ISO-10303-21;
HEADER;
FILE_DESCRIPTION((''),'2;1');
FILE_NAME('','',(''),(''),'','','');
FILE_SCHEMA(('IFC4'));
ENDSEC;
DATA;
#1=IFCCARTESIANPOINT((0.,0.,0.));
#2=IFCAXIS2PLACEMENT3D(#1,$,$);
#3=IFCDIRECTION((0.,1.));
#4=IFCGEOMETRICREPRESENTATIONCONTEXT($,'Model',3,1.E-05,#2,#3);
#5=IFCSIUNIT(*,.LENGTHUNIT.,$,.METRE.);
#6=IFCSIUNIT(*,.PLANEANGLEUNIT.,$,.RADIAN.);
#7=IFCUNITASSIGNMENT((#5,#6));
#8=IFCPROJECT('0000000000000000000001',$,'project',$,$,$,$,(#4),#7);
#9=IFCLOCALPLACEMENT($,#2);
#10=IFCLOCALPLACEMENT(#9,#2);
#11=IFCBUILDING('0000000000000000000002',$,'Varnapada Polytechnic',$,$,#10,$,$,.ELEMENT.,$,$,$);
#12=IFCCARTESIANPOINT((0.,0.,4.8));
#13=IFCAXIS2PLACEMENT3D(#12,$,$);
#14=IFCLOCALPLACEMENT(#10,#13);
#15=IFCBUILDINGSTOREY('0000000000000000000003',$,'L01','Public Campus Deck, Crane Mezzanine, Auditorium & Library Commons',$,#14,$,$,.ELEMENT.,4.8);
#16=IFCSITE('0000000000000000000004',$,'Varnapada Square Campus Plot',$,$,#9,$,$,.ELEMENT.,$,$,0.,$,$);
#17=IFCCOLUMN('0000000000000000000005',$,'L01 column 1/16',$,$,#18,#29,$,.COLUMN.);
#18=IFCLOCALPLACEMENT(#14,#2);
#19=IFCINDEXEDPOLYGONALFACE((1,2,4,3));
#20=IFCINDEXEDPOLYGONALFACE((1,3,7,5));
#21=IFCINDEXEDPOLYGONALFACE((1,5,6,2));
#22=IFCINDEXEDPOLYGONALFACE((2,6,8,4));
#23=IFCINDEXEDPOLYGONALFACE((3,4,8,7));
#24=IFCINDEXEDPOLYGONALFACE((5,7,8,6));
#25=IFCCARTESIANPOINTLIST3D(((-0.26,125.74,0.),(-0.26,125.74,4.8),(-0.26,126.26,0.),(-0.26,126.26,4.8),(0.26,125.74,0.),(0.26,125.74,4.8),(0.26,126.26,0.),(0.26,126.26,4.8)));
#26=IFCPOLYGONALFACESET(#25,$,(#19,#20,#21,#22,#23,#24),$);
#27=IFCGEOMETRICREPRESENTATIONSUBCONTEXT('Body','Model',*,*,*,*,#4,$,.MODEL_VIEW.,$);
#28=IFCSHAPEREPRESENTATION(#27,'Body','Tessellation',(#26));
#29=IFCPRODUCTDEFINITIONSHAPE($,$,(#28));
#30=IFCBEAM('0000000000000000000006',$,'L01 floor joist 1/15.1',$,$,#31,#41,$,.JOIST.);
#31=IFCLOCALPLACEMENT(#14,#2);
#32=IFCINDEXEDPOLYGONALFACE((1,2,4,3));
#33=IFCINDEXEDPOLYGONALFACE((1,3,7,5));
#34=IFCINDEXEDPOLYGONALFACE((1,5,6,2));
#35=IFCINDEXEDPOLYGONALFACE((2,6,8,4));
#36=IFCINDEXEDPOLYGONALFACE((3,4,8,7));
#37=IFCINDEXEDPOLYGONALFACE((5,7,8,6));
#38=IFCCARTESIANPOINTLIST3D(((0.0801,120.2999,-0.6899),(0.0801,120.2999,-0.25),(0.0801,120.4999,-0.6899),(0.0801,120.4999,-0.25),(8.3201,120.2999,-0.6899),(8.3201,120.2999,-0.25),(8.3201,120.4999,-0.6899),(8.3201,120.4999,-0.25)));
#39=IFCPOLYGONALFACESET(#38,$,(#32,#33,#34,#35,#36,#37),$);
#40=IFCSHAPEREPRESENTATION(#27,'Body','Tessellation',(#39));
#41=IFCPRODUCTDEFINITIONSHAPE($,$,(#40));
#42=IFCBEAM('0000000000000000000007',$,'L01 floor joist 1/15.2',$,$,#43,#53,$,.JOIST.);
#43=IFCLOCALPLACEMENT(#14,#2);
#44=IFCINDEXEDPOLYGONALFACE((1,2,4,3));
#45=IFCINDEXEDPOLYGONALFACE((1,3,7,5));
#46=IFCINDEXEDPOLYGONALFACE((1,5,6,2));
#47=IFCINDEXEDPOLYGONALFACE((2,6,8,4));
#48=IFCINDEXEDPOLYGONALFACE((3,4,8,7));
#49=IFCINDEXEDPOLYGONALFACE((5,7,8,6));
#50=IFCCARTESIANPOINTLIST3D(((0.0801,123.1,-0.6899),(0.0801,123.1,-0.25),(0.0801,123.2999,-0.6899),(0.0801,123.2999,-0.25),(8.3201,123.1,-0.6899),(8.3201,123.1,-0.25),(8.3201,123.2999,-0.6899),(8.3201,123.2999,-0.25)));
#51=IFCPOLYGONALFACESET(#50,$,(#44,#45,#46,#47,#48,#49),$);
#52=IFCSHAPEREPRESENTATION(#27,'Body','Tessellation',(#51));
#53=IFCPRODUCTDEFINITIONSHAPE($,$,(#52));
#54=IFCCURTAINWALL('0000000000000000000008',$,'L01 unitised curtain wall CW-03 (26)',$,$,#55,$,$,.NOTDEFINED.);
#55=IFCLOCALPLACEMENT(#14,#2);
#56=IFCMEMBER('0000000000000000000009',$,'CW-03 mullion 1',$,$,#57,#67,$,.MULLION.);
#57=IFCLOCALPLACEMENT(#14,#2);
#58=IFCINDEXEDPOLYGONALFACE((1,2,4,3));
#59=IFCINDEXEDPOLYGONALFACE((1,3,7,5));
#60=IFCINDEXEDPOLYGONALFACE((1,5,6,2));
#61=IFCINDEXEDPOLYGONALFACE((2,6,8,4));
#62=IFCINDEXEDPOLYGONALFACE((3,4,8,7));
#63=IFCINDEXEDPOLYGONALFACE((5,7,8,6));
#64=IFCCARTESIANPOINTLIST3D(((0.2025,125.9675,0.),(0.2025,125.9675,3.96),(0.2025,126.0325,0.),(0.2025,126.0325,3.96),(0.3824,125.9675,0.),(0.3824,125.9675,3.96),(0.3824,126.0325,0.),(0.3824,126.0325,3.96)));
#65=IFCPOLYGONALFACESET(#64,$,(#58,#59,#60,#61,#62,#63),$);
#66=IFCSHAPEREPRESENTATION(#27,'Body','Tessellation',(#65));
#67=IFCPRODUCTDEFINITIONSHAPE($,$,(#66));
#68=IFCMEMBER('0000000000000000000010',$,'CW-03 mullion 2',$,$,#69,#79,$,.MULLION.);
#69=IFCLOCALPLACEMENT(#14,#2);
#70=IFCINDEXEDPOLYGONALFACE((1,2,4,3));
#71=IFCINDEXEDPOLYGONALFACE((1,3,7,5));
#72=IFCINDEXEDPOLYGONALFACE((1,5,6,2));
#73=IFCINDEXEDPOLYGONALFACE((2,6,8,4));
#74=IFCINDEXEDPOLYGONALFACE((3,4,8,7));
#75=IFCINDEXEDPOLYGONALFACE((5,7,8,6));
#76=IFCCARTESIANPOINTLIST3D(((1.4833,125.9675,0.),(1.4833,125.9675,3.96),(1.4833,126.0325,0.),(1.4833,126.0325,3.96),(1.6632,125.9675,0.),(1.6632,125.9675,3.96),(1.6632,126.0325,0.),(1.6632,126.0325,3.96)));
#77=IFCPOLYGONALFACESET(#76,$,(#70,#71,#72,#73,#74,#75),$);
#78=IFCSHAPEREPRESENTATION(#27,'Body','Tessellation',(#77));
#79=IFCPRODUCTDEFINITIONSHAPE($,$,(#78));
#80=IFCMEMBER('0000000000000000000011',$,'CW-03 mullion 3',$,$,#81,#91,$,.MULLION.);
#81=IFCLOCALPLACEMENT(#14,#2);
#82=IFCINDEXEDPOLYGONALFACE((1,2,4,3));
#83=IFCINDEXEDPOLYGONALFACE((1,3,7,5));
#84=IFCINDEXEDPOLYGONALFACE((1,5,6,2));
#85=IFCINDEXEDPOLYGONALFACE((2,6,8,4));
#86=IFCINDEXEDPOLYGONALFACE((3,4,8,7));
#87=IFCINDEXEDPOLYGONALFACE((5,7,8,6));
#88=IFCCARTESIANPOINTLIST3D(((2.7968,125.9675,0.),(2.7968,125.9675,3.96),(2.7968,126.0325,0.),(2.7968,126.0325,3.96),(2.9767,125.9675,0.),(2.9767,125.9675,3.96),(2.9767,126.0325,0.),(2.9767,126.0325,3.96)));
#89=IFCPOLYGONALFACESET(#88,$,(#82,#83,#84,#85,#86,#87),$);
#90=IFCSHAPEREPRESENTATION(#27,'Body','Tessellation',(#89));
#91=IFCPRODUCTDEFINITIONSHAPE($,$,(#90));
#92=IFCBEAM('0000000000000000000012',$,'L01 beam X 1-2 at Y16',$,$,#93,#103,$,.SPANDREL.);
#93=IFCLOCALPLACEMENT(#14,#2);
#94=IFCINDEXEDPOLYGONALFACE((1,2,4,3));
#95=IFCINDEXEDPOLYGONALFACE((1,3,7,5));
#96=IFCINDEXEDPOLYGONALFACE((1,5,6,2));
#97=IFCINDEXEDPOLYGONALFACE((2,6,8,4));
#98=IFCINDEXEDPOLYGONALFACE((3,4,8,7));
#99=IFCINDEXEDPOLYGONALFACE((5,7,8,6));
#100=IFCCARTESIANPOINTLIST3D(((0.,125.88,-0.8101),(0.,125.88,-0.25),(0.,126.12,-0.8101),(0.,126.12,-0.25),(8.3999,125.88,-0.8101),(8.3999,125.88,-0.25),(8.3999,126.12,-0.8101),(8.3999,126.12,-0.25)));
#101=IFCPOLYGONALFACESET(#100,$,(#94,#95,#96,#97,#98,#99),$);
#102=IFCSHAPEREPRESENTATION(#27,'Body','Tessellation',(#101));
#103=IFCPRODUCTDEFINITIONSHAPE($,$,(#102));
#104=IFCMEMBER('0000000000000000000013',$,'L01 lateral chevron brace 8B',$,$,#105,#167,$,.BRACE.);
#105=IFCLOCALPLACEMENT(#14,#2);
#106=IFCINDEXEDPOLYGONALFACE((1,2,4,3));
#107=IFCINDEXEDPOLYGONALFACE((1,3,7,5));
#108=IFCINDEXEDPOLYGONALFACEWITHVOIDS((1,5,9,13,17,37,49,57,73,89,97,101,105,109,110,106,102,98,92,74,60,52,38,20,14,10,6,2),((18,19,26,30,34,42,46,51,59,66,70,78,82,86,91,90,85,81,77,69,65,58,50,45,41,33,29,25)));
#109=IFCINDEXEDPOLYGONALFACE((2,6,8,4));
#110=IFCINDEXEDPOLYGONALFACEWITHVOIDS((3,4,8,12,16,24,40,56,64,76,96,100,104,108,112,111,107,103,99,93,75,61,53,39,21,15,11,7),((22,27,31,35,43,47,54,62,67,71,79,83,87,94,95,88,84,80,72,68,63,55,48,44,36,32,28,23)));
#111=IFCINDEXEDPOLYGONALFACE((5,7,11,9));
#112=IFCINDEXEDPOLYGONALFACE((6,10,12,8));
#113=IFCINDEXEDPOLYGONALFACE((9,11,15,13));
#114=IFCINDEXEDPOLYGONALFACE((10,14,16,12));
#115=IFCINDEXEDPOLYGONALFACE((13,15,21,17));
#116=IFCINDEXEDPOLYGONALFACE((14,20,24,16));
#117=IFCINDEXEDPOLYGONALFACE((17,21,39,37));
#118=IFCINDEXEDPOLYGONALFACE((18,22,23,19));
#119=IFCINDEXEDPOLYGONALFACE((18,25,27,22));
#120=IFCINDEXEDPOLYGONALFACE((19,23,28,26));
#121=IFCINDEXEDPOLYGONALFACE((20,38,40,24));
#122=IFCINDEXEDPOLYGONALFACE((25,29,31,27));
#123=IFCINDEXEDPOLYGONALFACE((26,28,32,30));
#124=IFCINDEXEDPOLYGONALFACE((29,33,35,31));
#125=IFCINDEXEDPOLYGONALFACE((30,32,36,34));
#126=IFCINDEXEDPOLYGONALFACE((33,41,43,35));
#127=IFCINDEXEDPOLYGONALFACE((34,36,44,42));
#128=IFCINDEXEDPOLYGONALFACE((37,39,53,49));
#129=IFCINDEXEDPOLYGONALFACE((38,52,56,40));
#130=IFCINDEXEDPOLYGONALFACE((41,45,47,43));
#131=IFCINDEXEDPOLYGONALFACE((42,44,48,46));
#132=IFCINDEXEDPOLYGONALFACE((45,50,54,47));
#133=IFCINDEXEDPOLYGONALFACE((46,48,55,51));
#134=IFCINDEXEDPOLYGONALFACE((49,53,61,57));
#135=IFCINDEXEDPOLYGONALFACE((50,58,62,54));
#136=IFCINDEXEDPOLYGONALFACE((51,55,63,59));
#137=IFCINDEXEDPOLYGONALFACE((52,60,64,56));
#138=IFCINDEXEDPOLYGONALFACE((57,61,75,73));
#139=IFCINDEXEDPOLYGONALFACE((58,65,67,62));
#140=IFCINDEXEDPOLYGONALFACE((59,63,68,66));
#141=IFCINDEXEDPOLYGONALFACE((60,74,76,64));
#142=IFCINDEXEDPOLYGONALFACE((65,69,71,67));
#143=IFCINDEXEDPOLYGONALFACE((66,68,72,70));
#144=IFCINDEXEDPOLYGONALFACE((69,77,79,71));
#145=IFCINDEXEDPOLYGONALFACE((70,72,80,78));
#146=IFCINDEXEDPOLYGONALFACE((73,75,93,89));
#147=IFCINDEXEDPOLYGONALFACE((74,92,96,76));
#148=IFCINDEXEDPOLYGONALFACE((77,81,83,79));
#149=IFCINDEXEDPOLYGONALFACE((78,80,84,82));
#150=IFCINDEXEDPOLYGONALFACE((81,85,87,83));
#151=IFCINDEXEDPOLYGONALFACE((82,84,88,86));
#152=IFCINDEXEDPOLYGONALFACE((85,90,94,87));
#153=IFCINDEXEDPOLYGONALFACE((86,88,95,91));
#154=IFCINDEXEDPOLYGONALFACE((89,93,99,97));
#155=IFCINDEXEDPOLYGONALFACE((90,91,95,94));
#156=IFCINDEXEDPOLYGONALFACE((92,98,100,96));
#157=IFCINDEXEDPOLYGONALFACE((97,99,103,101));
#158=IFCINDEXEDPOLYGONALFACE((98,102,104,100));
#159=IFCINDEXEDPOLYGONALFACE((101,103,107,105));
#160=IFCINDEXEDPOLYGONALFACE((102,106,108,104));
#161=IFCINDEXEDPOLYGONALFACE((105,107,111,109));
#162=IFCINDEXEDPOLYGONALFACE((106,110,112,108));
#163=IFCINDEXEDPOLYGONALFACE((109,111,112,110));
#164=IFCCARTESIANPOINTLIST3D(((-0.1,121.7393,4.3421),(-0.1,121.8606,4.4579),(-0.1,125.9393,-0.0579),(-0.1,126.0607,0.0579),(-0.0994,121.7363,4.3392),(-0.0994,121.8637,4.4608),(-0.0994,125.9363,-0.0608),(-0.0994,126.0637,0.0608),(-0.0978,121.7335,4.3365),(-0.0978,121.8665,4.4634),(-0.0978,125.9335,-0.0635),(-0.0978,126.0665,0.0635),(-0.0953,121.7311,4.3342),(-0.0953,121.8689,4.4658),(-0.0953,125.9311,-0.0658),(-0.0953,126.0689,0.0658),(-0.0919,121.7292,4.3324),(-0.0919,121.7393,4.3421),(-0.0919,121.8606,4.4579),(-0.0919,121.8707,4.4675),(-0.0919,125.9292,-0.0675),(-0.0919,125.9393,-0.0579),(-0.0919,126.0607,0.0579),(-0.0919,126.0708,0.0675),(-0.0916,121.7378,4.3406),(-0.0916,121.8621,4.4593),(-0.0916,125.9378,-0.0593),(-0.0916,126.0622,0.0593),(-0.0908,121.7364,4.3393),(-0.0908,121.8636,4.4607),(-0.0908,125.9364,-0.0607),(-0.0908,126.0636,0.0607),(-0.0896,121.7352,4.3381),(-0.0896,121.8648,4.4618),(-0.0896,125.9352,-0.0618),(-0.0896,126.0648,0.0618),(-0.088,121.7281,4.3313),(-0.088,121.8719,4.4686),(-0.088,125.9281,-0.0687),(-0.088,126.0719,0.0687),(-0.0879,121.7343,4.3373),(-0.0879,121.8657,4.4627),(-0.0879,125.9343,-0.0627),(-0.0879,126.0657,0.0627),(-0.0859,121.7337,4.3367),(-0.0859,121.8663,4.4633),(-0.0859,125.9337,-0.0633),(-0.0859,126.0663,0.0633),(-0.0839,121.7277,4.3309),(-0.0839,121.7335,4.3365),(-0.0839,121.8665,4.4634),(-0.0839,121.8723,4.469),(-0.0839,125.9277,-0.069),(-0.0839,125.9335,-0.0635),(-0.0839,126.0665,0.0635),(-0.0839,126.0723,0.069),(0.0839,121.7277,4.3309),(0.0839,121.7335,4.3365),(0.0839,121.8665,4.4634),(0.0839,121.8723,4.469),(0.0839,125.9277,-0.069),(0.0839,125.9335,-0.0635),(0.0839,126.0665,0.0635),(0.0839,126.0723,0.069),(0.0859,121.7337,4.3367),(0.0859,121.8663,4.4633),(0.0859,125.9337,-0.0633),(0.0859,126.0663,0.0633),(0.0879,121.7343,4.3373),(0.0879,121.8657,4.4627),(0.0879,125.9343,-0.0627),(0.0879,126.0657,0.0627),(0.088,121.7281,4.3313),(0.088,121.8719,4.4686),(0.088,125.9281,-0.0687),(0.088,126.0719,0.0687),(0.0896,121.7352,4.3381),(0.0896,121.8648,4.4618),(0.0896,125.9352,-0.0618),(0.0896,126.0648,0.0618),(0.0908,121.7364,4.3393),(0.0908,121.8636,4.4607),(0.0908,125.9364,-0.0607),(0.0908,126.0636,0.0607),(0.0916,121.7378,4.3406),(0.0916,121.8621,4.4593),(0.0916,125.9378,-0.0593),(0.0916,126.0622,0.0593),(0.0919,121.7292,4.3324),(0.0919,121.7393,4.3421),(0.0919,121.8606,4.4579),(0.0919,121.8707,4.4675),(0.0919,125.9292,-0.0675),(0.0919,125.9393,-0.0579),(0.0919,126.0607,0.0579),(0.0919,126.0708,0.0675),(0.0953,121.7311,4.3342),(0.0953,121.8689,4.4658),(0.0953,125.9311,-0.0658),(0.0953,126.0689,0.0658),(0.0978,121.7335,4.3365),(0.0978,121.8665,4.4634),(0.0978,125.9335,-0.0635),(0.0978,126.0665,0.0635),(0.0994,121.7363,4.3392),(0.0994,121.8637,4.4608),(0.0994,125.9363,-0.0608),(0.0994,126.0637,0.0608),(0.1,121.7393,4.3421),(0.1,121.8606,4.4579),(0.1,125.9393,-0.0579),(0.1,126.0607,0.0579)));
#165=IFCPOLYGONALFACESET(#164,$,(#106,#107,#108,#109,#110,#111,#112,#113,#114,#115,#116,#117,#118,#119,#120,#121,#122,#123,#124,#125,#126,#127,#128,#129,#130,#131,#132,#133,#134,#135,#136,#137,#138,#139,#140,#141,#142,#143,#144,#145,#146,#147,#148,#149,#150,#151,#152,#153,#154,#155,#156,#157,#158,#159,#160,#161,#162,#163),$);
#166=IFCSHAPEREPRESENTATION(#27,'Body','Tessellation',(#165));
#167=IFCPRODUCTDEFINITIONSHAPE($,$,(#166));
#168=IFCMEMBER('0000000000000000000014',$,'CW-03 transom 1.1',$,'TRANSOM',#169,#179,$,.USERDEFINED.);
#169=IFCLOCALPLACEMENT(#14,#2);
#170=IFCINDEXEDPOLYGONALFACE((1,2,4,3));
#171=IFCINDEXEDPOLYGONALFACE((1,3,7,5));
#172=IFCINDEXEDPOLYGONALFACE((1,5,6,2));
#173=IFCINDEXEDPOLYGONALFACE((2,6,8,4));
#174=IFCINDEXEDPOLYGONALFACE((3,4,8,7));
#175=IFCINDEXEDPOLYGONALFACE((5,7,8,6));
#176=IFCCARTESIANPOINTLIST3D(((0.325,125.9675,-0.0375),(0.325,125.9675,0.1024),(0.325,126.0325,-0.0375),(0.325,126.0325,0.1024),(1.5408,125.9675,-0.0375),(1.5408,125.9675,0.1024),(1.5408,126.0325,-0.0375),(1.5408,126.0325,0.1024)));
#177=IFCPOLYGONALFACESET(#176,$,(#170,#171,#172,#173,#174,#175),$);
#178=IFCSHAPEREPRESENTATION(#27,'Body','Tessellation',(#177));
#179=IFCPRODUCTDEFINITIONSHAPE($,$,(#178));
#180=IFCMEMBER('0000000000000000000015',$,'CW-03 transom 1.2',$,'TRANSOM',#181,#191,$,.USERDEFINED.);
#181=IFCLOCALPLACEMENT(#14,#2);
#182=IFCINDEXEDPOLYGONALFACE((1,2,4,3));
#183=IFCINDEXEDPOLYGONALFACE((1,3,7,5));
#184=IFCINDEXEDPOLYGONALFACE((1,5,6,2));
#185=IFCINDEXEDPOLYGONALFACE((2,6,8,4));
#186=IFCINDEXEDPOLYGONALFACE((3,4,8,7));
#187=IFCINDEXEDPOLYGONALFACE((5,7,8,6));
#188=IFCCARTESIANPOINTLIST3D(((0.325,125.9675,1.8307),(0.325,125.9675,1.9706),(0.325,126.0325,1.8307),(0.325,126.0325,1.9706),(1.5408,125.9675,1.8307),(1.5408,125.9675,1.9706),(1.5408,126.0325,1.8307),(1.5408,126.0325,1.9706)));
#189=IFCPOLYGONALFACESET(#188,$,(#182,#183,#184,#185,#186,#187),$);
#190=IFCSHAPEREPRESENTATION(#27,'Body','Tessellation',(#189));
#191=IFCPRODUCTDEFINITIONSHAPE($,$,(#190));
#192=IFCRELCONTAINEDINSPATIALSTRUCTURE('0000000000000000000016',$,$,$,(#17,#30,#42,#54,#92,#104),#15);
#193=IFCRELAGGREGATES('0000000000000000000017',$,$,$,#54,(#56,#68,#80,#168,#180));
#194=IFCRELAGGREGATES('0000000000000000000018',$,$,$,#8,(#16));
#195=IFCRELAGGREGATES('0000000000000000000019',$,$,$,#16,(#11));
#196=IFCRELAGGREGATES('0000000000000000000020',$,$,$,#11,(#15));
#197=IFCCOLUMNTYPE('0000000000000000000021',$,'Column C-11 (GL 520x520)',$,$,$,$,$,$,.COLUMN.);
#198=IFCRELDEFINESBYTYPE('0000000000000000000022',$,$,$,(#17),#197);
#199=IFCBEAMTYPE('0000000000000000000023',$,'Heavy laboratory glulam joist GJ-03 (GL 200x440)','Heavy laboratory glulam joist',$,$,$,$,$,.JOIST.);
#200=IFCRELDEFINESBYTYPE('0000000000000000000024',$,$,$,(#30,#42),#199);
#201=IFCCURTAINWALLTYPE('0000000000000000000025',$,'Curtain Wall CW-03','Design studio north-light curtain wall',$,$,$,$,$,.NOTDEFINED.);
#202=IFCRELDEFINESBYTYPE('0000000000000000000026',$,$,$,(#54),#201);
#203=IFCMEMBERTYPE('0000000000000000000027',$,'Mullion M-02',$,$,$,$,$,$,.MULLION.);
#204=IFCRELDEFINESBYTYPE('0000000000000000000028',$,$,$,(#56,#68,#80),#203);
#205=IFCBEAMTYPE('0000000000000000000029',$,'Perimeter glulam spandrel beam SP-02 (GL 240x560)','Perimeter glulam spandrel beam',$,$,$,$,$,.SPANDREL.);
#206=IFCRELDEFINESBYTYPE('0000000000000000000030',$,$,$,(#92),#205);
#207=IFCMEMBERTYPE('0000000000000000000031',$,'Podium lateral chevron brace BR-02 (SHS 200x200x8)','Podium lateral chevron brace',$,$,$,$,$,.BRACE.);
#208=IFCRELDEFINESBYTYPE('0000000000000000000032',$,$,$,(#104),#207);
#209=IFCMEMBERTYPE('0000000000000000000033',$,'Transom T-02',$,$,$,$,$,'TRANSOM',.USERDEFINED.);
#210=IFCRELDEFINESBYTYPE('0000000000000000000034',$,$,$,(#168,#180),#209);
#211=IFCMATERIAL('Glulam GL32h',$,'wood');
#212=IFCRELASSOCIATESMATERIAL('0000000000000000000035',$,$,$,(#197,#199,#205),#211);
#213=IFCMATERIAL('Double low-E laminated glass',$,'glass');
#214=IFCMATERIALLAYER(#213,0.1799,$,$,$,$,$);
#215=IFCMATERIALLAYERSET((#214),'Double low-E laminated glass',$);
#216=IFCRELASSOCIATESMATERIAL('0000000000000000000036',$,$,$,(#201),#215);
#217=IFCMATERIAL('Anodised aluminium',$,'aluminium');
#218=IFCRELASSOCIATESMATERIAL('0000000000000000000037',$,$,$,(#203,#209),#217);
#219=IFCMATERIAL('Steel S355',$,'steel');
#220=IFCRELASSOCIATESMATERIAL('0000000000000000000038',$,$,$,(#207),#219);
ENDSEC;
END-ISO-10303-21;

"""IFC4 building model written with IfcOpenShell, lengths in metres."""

from ifc_helpers import new_model, si_unit, direction, frame, origin, origin_2d, place, context, subcontext, project, spatial, rectangle, hollow_rectangle, extrude, material, layer, layer_set, material_profile, profile_set, type_object, element, aggregate, save


model = new_model("IFC4")

# Units and contexts
model_context = context("Model", 3, precision=1e-05, world=origin(), true_north=direction((0.0, 1.0)))
body_context = subcontext(model_context, "Body", "Model", "MODEL_VIEW")
ifc_project = project(units=[si_unit("LENGTHUNIT", "METRE"), si_unit("PLANEANGLEUNIT", "RADIAN")], contexts=[model_context])

# Site, building, storey
site_placement = place(None, origin())
site = spatial("IfcSite", under=ifc_project, at=site_placement, Name="Varnapada Square Campus Plot", CompositionType="ELEMENT", RefElevation=0.0)
building_placement = place(site_placement, origin())
building = spatial("IfcBuilding", under=site, at=building_placement, Name="Varnapada Polytechnic", CompositionType="ELEMENT")
storey_placement = place(building_placement, frame((0.0, 0.0, 4.8)))
storey = spatial("IfcBuildingStorey", under=building, at=storey_placement, Name="L01", Description="Public Campus Deck, Crane Mezzanine, Auditorium & Library Commons", CompositionType="ELEMENT", Elevation=4.8)

# Column
ifc_material_1 = material(Name="Glulam GL32h", Category="wood")
ifc_material_profile_1 = material_profile(ifc_material_1, rectangle(XDim=0.52, YDim=0.52, at=origin_2d()), Name="GL 520x520")
ifc_profile_set_1 = profile_set([ifc_material_profile_1], Name="Glulam GL32h")
column_type = type_object("IfcColumnType", Name="Column C-11 (GL 520x520)", PredefinedType="COLUMN", material=ifc_profile_set_1)
column_placement = place(storey_placement, frame((0.0, 126.0, 0.0), z_axis=(0.0, 0.0, 1.0), x_axis=(1.0, 0.0, 0.0)))
element("IfcColumn", 1, at=column_placement, inside=storey, type_object=column_type, Name="L01 column 1/16", PredefinedType="COLUMN", context=body_context, shape_type="SweptSolid", body=[
    extrude(rectangle(XDim=0.52, YDim=0.52, at=origin_2d()), origin(), (0.0, 0.0, 1.0), 4.8),
])

# Beams
ifc_material_profile_2 = material_profile(ifc_material_1, rectangle(XDim=0.2, YDim=0.4399, at=origin_2d()), Name="GL 200x440")
ifc_profile_set_2 = profile_set([ifc_material_profile_2], Name="Glulam GL32h")
beam_type_1 = type_object("IfcBeamType", Name="Heavy laboratory glulam joist GJ-03 (GL 200x440)", Description="Heavy laboratory glulam joist", PredefinedType="JOIST", material=ifc_profile_set_2)
for number, where, z_axis, x_axis, name in (
    (2, (0.0801, 120.3999, -0.47), (1.0, 0.0, 0.0), (0.0, 1.0, 0.0), "L01 floor joist 1/15.1"),
    (3, (0.0801, 123.2, -0.47), (1.0, 0.0, 0.0), (0.0, 1.0, 0.0), "L01 floor joist 1/15.2"),
):
    element("IfcBeam", number, at=place(storey_placement, frame(where, z_axis=z_axis, x_axis=x_axis)), inside=storey, type_object=beam_type_1, Name=name, PredefinedType="JOIST", context=body_context, shape_type="SweptSolid", body=[
        extrude(rectangle(XDim=0.2, YDim=0.4399, at=origin_2d()), origin(), (0.0, 0.0, 1.0), 8.24),
    ])

# Curtain wall, members
ifc_material_2 = material(Name="Double low-E laminated glass", Category="glass")
ifc_layer_1 = layer(ifc_material_2, 0.1799)
ifc_layer_set_1 = layer_set([ifc_layer_1], Name="Double low-E laminated glass")
curtain_wall_type = type_object("IfcCurtainWallType", Name="Curtain Wall CW-03", Description="Design studio north-light curtain wall", PredefinedType="NOTDEFINED", material=ifc_layer_set_1)
curtain_wall_placement = place(storey_placement, origin())
curtain_wall = element("IfcCurtainWall", 4, at=curtain_wall_placement, inside=storey, type_object=curtain_wall_type, Name="L01 unitised curtain wall CW-03 (26)", PredefinedType="NOTDEFINED")
ifc_material_3 = material(Name="Anodised aluminium", Category="aluminium")
ifc_material_profile_3 = material_profile(ifc_material_3, rectangle(XDim=0.0649, YDim=0.1799, at=origin_2d()), Name="ALU M65x180")
ifc_profile_set_3 = profile_set([ifc_material_profile_3], Name="Anodised aluminium")
member_type_1 = type_object("IfcMemberType", Name="Mullion M-02", PredefinedType="MULLION", material=ifc_profile_set_3)
member_1_placement = place(storey_placement, frame((0.2925, 126.0, 0.0), z_axis=(0.0, 0.0, 1.0), x_axis=(0.0, 1.0, 0.0)))
member_1 = element("IfcMember", 5, at=member_1_placement, type_object=member_type_1, Name="CW-03 mullion 1", PredefinedType="MULLION", context=body_context, shape_type="SweptSolid", body=[
    extrude(rectangle(XDim=0.0649, YDim=0.1799, at=origin_2d()), origin(), (0.0, 0.0, 1.0), 3.96),
])
member_2_placement = place(storey_placement, frame((1.5732, 126.0, 0.0), z_axis=(0.0, 0.0, 1.0), x_axis=(0.0, 1.0, 0.0)))
member_2 = element("IfcMember", 6, at=member_2_placement, type_object=member_type_1, Name="CW-03 mullion 2", PredefinedType="MULLION", context=body_context, shape_type="SweptSolid", body=[
    extrude(rectangle(XDim=0.0649, YDim=0.1799, at=origin_2d()), origin(), (0.0, 0.0, 1.0), 3.96),
])
member_3_placement = place(storey_placement, frame((2.8867, 126.0, 0.0), z_axis=(0.0, 0.0, 1.0), x_axis=(0.0, 1.0, 0.0)))
member_3 = element("IfcMember", 7, at=member_3_placement, type_object=member_type_1, Name="CW-03 mullion 3", PredefinedType="MULLION", context=body_context, shape_type="SweptSolid", body=[
    extrude(rectangle(XDim=0.0649, YDim=0.1799, at=origin_2d()), origin(), (0.0, 0.0, 1.0), 3.96),
])

# Beam
ifc_material_profile_4 = material_profile(ifc_material_1, rectangle(XDim=0.24, YDim=0.5601, at=origin_2d()), Name="GL 240x560")
ifc_profile_set_4 = profile_set([ifc_material_profile_4], Name="Glulam GL32h")
beam_type_2 = type_object("IfcBeamType", Name="Perimeter glulam spandrel beam SP-02 (GL 240x560)", Description="Perimeter glulam spandrel beam", PredefinedType="SPANDREL", material=ifc_profile_set_4)
beam_placement = place(storey_placement, frame((0.0, 126.0, -0.53), z_axis=(1.0, 0.0, 0.0), x_axis=(0.0, 1.0, 0.0)))
element("IfcBeam", 8, at=beam_placement, inside=storey, type_object=beam_type_2, Name="L01 beam X 1-2 at Y16", PredefinedType="SPANDREL", context=body_context, shape_type="SweptSolid", body=[
    extrude(rectangle(XDim=0.24, YDim=0.5601, at=origin_2d()), origin(), (0.0, 0.0, 1.0), 8.3999),
])

# Members
ifc_material_4 = material(Name="Steel S355", Category="steel")
ifc_material_profile_5 = material_profile(ifc_material_4, hollow_rectangle(XDim=0.2, YDim=0.2, WallThickness=0.0081, InnerFilletRadius=0.0081, OuterFilletRadius=0.0161, at=origin_2d()), Name="SHS 200x200x8")
ifc_profile_set_5 = profile_set([ifc_material_profile_5], Name="Steel S355")
member_type_2 = type_object("IfcMemberType", Name="Podium lateral chevron brace BR-02 (SHS 200x200x8)", Description="Podium lateral chevron brace", PredefinedType="BRACE", material=ifc_profile_set_5)
member_4_placement = place(storey_placement, frame((0.0, 126.0, 0.0), z_axis=(0.0, -0.69048, 0.723352), x_axis=(1.0, 0.0, 0.0)))
element("IfcMember", 9, at=member_4_placement, inside=storey, type_object=member_type_2, Name="L01 lateral chevron brace 8B", PredefinedType="BRACE", context=body_context, shape_type="SweptSolid", body=[
    extrude(hollow_rectangle(XDim=0.2, YDim=0.2, WallThickness=0.0081, InnerFilletRadius=0.0081, OuterFilletRadius=0.0161, at=origin_2d()), origin(), (0.0, 0.0, 1.0), 6.0828),
])
ifc_material_profile_6 = material_profile(ifc_material_3, rectangle(XDim=0.0649, YDim=0.1399, at=origin_2d()), Name="ALU T65x140")
ifc_profile_set_6 = profile_set([ifc_material_profile_6], Name="Anodised aluminium")
member_type_3 = type_object("IfcMemberType", Name="Transom T-02", ElementType="TRANSOM", PredefinedType="USERDEFINED", material=ifc_profile_set_6)
member_5_placement = place(storey_placement, frame((0.325, 126.0, 0.0325), z_axis=(1.0, 0.0, 0.0), x_axis=(0.0, 1.0, 0.0)))
member_5 = element("IfcMember", 10, at=member_5_placement, type_object=member_type_3, Name="CW-03 transom 1.1", ObjectType="TRANSOM", PredefinedType="USERDEFINED", context=body_context, shape_type="SweptSolid", body=[
    extrude(rectangle(XDim=0.0649, YDim=0.1399, at=origin_2d()), origin(), (0.0, 0.0, 1.0), 1.2158),
])
member_6_placement = place(storey_placement, frame((0.325, 126.0, 1.9006), z_axis=(1.0, 0.0, 0.0), x_axis=(0.0, 1.0, 0.0)))
member_6 = element("IfcMember", 11, at=member_6_placement, type_object=member_type_3, Name="CW-03 transom 1.2", ObjectType="TRANSOM", PredefinedType="USERDEFINED", context=body_context, shape_type="SweptSolid", body=[
    extrude(rectangle(XDim=0.0649, YDim=0.1399, at=origin_2d()), origin(), (0.0, 0.0, 1.0), 1.2158),
])

aggregate(curtain_wall, [member_1, member_2, member_3, member_5, member_6])

save(model, "model.ifc")
